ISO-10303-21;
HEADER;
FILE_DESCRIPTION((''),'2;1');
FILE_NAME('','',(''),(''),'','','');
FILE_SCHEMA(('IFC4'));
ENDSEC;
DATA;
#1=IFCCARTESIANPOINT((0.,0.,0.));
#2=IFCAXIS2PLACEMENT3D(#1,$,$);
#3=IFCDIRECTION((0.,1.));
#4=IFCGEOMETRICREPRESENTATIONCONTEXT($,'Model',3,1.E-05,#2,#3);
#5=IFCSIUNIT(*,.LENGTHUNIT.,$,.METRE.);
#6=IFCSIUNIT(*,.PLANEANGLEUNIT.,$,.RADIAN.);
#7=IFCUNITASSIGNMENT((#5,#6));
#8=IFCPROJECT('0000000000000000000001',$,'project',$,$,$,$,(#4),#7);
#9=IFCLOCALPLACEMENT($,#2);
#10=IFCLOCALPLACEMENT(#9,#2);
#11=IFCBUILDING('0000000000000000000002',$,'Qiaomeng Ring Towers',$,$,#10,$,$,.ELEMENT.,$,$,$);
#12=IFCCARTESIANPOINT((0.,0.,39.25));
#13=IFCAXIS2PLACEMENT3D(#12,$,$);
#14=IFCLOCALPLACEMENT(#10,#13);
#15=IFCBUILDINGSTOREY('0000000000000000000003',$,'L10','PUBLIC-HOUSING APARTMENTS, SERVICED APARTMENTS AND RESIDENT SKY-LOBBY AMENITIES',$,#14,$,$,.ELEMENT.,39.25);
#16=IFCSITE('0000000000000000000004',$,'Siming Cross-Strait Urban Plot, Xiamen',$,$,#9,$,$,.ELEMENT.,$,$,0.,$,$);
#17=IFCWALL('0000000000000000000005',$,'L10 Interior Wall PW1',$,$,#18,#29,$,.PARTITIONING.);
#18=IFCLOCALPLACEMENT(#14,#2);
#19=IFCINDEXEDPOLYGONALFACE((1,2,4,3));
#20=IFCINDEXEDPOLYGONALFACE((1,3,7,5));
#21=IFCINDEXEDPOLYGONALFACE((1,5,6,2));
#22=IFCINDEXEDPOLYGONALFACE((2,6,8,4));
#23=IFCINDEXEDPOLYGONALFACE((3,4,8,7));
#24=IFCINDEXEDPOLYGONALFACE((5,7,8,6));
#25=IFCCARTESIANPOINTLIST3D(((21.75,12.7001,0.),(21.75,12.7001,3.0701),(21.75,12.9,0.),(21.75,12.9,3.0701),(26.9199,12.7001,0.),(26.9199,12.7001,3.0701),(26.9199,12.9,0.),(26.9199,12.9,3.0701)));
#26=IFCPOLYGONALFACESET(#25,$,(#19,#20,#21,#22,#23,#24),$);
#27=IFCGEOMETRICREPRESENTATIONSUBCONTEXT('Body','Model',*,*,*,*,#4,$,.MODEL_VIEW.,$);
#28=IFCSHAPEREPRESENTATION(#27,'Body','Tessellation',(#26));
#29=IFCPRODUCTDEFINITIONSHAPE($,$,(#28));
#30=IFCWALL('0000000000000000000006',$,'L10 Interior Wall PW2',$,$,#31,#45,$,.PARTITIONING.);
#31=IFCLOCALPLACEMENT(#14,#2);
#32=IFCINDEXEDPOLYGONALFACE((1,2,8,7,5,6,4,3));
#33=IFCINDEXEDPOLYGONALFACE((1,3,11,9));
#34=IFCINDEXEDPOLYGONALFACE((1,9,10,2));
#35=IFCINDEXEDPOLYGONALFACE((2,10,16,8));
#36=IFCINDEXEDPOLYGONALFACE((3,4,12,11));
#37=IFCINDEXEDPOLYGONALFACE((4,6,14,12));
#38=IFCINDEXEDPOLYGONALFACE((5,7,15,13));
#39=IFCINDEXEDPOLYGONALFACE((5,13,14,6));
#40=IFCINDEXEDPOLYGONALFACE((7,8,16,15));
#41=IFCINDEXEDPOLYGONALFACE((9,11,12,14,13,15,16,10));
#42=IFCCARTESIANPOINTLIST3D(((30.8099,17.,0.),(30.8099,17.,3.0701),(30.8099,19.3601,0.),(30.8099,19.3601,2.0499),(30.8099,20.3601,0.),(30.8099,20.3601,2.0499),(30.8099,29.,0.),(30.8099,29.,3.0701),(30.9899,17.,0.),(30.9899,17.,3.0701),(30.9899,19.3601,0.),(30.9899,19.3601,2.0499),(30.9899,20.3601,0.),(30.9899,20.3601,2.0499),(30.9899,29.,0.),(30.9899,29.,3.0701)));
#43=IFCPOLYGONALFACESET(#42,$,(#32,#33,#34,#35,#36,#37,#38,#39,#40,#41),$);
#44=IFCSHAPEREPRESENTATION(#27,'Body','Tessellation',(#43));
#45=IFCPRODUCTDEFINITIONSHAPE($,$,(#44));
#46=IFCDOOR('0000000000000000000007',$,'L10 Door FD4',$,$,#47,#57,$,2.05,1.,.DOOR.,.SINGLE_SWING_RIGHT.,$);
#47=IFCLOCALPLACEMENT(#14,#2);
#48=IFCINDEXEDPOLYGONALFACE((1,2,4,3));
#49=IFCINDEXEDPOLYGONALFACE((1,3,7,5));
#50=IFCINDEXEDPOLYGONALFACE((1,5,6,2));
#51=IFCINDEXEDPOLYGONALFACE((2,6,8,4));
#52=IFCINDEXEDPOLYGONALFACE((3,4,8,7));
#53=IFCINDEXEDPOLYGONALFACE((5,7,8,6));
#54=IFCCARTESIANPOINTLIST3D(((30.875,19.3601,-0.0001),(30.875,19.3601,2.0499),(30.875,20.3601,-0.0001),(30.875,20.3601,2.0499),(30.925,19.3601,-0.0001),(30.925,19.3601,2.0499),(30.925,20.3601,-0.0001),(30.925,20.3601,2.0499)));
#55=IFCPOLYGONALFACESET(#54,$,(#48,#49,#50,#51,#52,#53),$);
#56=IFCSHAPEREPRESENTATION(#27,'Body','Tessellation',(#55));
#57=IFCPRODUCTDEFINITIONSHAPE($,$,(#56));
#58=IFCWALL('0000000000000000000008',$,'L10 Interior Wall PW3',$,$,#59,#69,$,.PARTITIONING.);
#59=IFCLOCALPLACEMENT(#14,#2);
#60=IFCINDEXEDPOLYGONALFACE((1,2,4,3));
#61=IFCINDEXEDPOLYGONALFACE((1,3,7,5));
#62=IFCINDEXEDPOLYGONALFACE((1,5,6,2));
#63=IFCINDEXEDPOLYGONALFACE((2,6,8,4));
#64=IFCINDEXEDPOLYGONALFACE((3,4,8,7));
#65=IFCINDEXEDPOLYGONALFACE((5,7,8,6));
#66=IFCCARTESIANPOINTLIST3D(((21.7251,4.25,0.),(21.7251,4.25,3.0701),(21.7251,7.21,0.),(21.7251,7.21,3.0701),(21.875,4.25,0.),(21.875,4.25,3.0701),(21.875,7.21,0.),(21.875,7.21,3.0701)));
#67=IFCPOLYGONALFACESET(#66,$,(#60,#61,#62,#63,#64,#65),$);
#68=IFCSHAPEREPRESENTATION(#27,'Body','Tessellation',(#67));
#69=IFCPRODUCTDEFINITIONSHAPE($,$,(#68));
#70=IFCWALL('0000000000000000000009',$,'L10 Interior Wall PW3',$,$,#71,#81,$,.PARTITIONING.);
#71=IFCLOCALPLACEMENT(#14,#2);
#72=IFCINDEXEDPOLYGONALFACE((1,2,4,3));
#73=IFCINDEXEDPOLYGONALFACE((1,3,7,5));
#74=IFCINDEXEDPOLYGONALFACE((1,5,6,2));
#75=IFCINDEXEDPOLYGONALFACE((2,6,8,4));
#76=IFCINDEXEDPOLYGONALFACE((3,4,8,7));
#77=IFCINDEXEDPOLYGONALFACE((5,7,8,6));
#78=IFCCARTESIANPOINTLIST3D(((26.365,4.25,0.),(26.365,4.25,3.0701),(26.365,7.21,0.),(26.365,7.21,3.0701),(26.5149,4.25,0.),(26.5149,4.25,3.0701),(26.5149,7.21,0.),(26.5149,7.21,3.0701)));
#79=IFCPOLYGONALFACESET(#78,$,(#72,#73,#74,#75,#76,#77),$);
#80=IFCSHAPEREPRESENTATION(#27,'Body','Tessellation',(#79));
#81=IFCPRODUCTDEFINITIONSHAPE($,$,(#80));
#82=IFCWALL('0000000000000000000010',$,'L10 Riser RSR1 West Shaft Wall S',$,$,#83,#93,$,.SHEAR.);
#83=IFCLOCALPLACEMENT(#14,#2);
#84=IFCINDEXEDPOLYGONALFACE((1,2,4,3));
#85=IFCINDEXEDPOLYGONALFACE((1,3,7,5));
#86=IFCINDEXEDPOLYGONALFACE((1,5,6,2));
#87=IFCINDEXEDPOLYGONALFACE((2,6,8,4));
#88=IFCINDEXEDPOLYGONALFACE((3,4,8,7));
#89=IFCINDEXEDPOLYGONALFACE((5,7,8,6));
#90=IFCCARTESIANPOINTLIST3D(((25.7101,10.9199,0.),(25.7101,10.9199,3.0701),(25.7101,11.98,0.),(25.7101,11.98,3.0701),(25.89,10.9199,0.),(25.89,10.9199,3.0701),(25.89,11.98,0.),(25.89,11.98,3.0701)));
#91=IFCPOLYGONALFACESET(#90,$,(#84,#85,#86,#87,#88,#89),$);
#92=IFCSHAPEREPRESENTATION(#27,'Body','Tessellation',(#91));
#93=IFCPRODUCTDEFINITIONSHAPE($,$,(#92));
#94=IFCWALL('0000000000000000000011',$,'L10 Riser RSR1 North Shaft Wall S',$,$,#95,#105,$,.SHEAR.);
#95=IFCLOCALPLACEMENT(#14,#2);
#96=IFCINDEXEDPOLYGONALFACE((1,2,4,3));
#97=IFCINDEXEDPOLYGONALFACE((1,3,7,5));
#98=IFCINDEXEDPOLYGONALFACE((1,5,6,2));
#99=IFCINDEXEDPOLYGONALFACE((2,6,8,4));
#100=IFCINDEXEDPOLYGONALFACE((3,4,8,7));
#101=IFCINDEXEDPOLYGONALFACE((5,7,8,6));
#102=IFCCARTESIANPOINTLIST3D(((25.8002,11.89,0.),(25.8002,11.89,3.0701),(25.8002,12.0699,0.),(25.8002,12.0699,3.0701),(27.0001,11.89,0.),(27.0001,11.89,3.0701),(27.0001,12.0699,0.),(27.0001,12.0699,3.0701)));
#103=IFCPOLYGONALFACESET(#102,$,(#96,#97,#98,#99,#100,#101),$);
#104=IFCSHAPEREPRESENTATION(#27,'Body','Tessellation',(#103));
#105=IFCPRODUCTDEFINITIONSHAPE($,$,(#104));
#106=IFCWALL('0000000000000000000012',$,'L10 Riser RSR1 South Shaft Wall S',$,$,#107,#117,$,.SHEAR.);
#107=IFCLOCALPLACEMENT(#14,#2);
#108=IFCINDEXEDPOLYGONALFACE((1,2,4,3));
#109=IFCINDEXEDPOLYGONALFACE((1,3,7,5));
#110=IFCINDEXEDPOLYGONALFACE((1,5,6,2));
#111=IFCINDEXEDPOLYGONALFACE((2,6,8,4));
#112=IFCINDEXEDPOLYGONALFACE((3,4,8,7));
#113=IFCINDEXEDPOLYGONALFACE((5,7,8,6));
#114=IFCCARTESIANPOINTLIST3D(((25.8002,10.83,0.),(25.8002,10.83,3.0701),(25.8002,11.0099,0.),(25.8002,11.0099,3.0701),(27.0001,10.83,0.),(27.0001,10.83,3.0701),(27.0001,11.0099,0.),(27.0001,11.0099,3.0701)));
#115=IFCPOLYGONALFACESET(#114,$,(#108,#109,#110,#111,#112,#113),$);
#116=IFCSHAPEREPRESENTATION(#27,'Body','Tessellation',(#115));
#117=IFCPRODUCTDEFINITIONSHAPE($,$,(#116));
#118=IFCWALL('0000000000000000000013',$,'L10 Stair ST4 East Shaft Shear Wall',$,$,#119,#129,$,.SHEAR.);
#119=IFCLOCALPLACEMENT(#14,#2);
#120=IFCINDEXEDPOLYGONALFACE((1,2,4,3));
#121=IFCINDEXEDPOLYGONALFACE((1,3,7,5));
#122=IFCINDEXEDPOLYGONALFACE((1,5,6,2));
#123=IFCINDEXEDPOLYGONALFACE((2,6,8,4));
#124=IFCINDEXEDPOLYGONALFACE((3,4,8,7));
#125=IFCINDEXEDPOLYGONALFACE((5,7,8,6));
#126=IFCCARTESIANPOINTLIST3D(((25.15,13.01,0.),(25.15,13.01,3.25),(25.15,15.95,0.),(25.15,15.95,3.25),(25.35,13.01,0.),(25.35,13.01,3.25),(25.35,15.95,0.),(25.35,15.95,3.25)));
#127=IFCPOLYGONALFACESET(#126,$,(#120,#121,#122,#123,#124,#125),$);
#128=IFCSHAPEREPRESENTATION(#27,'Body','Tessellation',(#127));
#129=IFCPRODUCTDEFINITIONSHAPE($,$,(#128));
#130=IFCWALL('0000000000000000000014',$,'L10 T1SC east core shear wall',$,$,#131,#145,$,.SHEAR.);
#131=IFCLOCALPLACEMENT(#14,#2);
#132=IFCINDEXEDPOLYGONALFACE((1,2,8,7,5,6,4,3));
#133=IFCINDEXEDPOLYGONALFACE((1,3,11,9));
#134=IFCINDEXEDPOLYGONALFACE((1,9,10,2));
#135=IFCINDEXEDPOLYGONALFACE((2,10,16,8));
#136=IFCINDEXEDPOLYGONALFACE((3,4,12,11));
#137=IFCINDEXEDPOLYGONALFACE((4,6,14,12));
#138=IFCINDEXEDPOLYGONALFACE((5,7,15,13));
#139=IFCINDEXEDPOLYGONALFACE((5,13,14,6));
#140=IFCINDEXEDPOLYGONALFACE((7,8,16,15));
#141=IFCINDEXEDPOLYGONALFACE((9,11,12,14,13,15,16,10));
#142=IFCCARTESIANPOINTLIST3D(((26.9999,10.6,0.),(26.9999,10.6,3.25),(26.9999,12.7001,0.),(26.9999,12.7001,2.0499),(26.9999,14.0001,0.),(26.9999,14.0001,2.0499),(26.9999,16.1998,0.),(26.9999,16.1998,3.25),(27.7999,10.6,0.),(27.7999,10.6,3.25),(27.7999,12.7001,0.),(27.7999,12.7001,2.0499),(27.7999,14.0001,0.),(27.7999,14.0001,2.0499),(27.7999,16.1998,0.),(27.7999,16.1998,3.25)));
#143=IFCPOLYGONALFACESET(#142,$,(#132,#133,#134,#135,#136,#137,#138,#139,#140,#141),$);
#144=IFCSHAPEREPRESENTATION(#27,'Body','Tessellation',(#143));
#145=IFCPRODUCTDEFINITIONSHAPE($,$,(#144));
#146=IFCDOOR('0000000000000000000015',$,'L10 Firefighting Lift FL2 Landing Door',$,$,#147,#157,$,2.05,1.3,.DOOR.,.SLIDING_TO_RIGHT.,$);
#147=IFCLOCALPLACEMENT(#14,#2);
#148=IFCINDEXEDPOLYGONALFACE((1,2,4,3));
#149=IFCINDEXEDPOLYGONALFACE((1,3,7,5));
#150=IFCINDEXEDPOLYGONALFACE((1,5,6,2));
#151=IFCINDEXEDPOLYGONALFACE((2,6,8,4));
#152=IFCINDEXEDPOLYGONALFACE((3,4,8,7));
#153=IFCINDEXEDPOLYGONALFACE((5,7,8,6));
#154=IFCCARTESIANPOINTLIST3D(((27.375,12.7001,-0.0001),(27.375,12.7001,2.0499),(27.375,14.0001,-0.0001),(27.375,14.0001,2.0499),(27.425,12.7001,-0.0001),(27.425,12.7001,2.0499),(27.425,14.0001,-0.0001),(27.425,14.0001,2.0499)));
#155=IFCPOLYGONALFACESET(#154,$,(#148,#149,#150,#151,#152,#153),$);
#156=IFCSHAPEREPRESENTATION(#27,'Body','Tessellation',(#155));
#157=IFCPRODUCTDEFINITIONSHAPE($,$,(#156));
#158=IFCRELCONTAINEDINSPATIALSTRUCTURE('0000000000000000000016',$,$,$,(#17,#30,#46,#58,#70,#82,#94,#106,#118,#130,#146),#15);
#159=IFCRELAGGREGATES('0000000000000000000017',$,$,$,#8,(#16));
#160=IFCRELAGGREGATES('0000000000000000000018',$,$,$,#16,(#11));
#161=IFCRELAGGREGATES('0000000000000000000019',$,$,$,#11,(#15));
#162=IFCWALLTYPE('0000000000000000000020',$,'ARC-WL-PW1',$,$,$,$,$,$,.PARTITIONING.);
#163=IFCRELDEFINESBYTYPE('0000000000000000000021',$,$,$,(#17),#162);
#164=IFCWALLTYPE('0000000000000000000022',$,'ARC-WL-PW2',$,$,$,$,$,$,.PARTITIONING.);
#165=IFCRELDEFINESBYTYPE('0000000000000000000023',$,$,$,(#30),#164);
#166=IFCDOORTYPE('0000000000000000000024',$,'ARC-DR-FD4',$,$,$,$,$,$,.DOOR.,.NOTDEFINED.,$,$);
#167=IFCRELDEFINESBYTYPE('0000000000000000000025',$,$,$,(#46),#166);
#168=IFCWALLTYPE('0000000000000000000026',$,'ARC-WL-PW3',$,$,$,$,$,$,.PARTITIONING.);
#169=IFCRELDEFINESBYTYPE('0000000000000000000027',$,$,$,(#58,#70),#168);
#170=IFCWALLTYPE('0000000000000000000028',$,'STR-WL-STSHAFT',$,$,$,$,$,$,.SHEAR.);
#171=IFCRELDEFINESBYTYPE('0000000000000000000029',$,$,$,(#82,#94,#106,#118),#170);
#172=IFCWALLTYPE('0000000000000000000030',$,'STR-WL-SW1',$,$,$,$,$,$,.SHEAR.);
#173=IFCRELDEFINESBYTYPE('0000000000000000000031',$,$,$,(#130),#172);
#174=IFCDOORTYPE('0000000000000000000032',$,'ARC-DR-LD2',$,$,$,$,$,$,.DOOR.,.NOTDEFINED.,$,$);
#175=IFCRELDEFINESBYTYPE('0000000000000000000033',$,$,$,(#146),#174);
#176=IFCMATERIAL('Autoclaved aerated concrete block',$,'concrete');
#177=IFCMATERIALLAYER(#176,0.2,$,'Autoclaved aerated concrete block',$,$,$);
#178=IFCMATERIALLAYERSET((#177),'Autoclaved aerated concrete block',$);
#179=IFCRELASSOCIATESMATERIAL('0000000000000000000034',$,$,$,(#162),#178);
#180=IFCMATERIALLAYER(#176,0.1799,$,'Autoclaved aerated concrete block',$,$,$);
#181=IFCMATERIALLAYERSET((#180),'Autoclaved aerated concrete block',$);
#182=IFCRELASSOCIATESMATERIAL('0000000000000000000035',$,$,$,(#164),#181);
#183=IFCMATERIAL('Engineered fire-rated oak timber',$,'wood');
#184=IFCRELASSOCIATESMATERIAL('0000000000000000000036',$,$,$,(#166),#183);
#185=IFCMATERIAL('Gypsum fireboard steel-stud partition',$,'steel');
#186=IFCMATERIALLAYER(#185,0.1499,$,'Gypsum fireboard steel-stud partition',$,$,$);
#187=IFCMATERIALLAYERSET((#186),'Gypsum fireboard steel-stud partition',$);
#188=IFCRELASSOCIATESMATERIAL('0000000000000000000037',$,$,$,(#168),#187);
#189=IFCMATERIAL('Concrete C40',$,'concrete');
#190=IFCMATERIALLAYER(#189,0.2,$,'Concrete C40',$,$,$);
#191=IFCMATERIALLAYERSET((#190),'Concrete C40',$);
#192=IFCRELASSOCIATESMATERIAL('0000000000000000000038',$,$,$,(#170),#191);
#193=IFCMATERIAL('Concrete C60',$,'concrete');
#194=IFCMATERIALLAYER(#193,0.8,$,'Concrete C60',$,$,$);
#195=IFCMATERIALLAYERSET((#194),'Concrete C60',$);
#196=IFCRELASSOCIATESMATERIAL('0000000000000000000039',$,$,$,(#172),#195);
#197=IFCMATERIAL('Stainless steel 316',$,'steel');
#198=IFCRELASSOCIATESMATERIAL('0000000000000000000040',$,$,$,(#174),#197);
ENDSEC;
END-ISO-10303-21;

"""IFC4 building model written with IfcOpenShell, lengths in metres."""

from ifc_helpers import new_model, si_unit, direction, frame, frame_2d, origin, place, context, subcontext, project, spatial, rectangle, extrude, source, transform, mapped, material, layer, layer_set, type_object, element, fill, save


model = new_model("IFC4")

# Units and contexts
model_context = context("Model", 3, precision=1e-05, world=origin(), true_north=direction((0.0, 1.0)))
body_context = subcontext(model_context, "Body", "Model", "MODEL_VIEW")
ifc_project = project(units=[si_unit("LENGTHUNIT", "METRE"), si_unit("PLANEANGLEUNIT", "RADIAN")], contexts=[model_context])

# Site, building, storey
site_placement = place(None, origin())
site = spatial("IfcSite", under=ifc_project, at=site_placement, Name="Siming Cross-Strait Urban Plot, Xiamen", CompositionType="ELEMENT", RefElevation=0.0)
building_placement = place(site_placement, origin())
building = spatial("IfcBuilding", under=site, at=building_placement, Name="Qiaomeng Ring Towers", CompositionType="ELEMENT")
storey_placement = place(building_placement, frame((0.0, 0.0, 39.25)))
storey = spatial("IfcBuildingStorey", under=building, at=storey_placement, Name="L10", Description="PUBLIC-HOUSING APARTMENTS, SERVICED APARTMENTS AND RESIDENT SKY-LOBBY AMENITIES", CompositionType="ELEMENT", Elevation=39.25)

# Shared definitions
ifc_material_1 = material(Name="Concrete C60", Category="concrete")

# Shared definitions
ifc_material_2 = material(Name="Autoclaved aerated concrete block", Category="concrete")
ifc_layer_1 = layer(ifc_material_2, 0.2, Name="Autoclaved aerated concrete block")
ifc_layer_set_1 = layer_set([ifc_layer_1], Name="Autoclaved aerated concrete block")
wall_type_1 = type_object("IfcWallType", Name="ARC-WL-PW1", PredefinedType="PARTITIONING", material=ifc_layer_set_1)

# Wall
wall_1_placement = place(storey_placement, frame((21.75, 12.8, 0.0), z_axis=(0.0, 0.0, 1.0), x_axis=(1.0, 0.0, 0.0)))
element("IfcWall", 1, at=wall_1_placement, inside=storey, type_object=wall_type_1, Name="L10 Interior Wall PW1", PredefinedType="PARTITIONING", context=body_context, shape_type="SweptSolid", body=[
    extrude(rectangle(XDim=5.1699, YDim=0.2, at=frame_2d((2.585, 0.0))), origin(), (0.0, 0.0, 1.0), 3.0701),
])

# Wall, opening, door
ifc_layer_2 = layer(ifc_material_2, 0.1799, Name="Autoclaved aerated concrete block")
ifc_layer_set_2 = layer_set([ifc_layer_2], Name="Autoclaved aerated concrete block")
wall_type_2 = type_object("IfcWallType", Name="ARC-WL-PW2", PredefinedType="PARTITIONING", material=ifc_layer_set_2)
wall_2_placement = place(storey_placement, frame((30.8999, 17.0, 0.0), z_axis=(0.0, 0.0, 1.0), x_axis=(0.0, 1.0, 0.0)))
wall_2 = element("IfcWall", 2, at=wall_2_placement, inside=storey, type_object=wall_type_2, Name="L10 Interior Wall PW2", PredefinedType="PARTITIONING", context=body_context, shape_type="SweptSolid", body=[
    extrude(rectangle(XDim=12.0, YDim=0.1799, at=frame_2d((6.0, 0.0))), origin(), (0.0, 0.0, 1.0), 3.0701),
])
opening_1_placement = place(wall_2_placement, frame((2.3601, 0.0, 0.0)))
opening_1 = element("IfcOpeningElement", 3, at=opening_1_placement, cuts=wall_2, PredefinedType="OPENING", context=body_context, shape_type="SweptSolid", body=[
    extrude(rectangle(XDim=1.0, YDim=2.05, at=frame_2d((0.5, 1.0249))), frame((0.0, 0.0999, 0.0), z_axis=(0.0, -1.0, 0.0), x_axis=(1.0, 0.0, 0.0)), (0.0, 0.0, 1.0), 0.2),
])
ifc_material_3 = material(Name="Engineered fire-rated oak timber", Category="wood")
door_type_1 = type_object("IfcDoorType", Name="ARC-DR-FD4", OperationType="NOTDEFINED", PredefinedType="DOOR", material=ifc_material_3)
shared_shape_1 = source(origin(), body_context, "Body", "SweptSolid", [
    extrude(rectangle(XDim=1.0, YDim=2.05, at=frame_2d((0.5, 1.0249))), frame((0.0, 0.0249, 0.0), z_axis=(0.0, -1.0, 0.0), x_axis=(1.0, 0.0, 0.0)), (0.0, 0.0, 1.0), 0.05),
])
door_1_placement = place(opening_1_placement, origin())
door_1 = element("IfcDoor", 4, at=door_1_placement, inside=storey, type_object=door_type_1, Name="L10 Door FD4", OperationType="SINGLE_SWING_RIGHT", OverallHeight=2.05, OverallWidth=1.0, PredefinedType="DOOR", context=body_context, shape_type="MappedRepresentation", body=[
    mapped(shared_shape_1, transform((0.0, 0.0, 0.0), x_axis=(1.0, 0.0, 0.0), y_axis=(0.0, 1.0, 0.0), z_axis=(0.0, 0.0, 1.0), scale=1.0)),
])
fill(opening_1, door_1)

# Walls
ifc_material_4 = material(Name="Gypsum fireboard steel-stud partition", Category="steel")
ifc_layer_3 = layer(ifc_material_4, 0.1499, Name="Gypsum fireboard steel-stud partition")
ifc_layer_set_3 = layer_set([ifc_layer_3], Name="Gypsum fireboard steel-stud partition")
wall_type_3 = type_object("IfcWallType", Name="ARC-WL-PW3", PredefinedType="PARTITIONING", material=ifc_layer_set_3)
for number, where, z_axis, x_axis, name in (
    (5, (21.8, 4.25, 0.0), (0.0, 0.0, 1.0), (0.0, 1.0, 0.0), "L10 Interior Wall PW3"),
    (6, (26.4399, 4.25, 0.0), (0.0, 0.0, 1.0), (0.0, 1.0, 0.0), "L10 Interior Wall PW3"),
):
    element("IfcWall", number, at=place(storey_placement, frame(where, z_axis=z_axis, x_axis=x_axis)), inside=storey, type_object=wall_type_3, Name=name, PredefinedType="PARTITIONING", context=body_context, shape_type="SweptSolid", body=[
        extrude(rectangle(XDim=2.96, YDim=0.1499, at=frame_2d((1.48, 0.0))), origin(), (0.0, 0.0, 1.0), 3.0701),
    ])
ifc_material_5 = material(Name="Concrete C40", Category="concrete")
ifc_layer_4 = layer(ifc_material_5, 0.2, Name="Concrete C40")
ifc_layer_set_4 = layer_set([ifc_layer_4], Name="Concrete C40")
wall_type_4 = type_object("IfcWallType", Name="STR-WL-STSHAFT", PredefinedType="SHEAR", material=ifc_layer_set_4)
wall_3_placement = place(storey_placement, frame((25.8, 10.9199, 0.0), z_axis=(0.0, 0.0, 1.0), x_axis=(0.0, 1.0, 0.0)))
element("IfcWall", 7, at=wall_3_placement, inside=storey, type_object=wall_type_4, Name="L10 Riser RSR1 West Shaft Wall S", PredefinedType="SHEAR", context=body_context, shape_type="SweptSolid", body=[
    extrude(rectangle(XDim=1.0601, YDim=0.1799, at=frame_2d((0.53, 0.0))), origin(), (0.0, 0.0, 1.0), 3.0701),
])
for number, where, z_axis, x_axis, name in (
    (8, (25.8, 11.98, 0.0), (0.0, 0.0, 1.0), (1.0, 0.0, 0.0), "L10 Riser RSR1 North Shaft Wall S"),
    (9, (25.8, 10.9199, 0.0), (0.0, 0.0, 1.0), (1.0, 0.0, 0.0), "L10 Riser RSR1 South Shaft Wall S"),
):
    element("IfcWall", number, at=place(storey_placement, frame(where, z_axis=z_axis, x_axis=x_axis)), inside=storey, type_object=wall_type_4, Name=name, PredefinedType="SHEAR", context=body_context, shape_type="SweptSolid", body=[
        extrude(rectangle(XDim=1.2, YDim=0.1799, at=frame_2d((0.6001, 0.0))), origin(), (0.0, 0.0, 1.0), 3.0701),
    ])
wall_4_placement = place(storey_placement, frame((25.25, 13.01, 0.0), z_axis=(0.0, 0.0, 1.0), x_axis=(0.0, 1.0, 0.0)))
element("IfcWall", 10, at=wall_4_placement, inside=storey, type_object=wall_type_4, Name="L10 Stair ST4 East Shaft Shear Wall", PredefinedType="SHEAR", context=body_context, shape_type="SweptSolid", body=[
    extrude(rectangle(XDim=2.9399, YDim=0.2, at=frame_2d((1.47, 0.0))), origin(), (0.0, 0.0, 1.0), 3.25),
])

# Wall, opening, door
ifc_layer_5 = layer(ifc_material_1, 0.8, Name="Concrete C60")
ifc_layer_set_5 = layer_set([ifc_layer_5], Name="Concrete C60")
wall_type_5 = type_object("IfcWallType", Name="STR-WL-SW1", PredefinedType="SHEAR", material=ifc_layer_set_5)
wall_5_placement = place(storey_placement, frame((27.3999, 10.6001, 0.0), z_axis=(0.0, 0.0, 1.0), x_axis=(0.0, 1.0, 0.0)))
wall_5 = element("IfcWall", 11, at=wall_5_placement, inside=storey, type_object=wall_type_5, Name="L10 T1SC east core shear wall", PredefinedType="SHEAR", context=body_context, shape_type="SweptSolid", body=[
    extrude(rectangle(XDim=5.5999, YDim=0.8, at=frame_2d((2.7998, 0.0))), origin(), (0.0, 0.0, 1.0), 3.25),
])
opening_2_placement = place(wall_5_placement, frame((2.1001, 0.0, 0.0)))
opening_2 = element("IfcOpeningElement", 12, at=opening_2_placement, cuts=wall_5, PredefinedType="OPENING", context=body_context, shape_type="SweptSolid", body=[
    extrude(rectangle(XDim=1.3, YDim=2.05, at=frame_2d((0.6499, 1.0249))), frame((0.0, 0.4099, 0.0), z_axis=(0.0, -1.0, 0.0), x_axis=(1.0, 0.0, 0.0)), (0.0, 0.0, 1.0), 0.8201),
])
ifc_material_6 = material(Name="Stainless steel 316", Category="steel")
door_type_2 = type_object("IfcDoorType", Name="ARC-DR-LD2", OperationType="NOTDEFINED", PredefinedType="DOOR", material=ifc_material_6)
shared_shape_2 = source(origin(), body_context, "Body", "SweptSolid", [
    extrude(rectangle(XDim=1.3, YDim=2.05, at=frame_2d((0.6499, 1.0249))), frame((0.0, 0.0249, 0.0), z_axis=(0.0, -1.0, 0.0), x_axis=(1.0, 0.0, 0.0)), (0.0, 0.0, 1.0), 0.05),
])
door_2_placement = place(opening_2_placement, origin())
door_2 = element("IfcDoor", 13, at=door_2_placement, inside=storey, type_object=door_type_2, Name="L10 Firefighting Lift FL2 Landing Door", OperationType="SLIDING_TO_RIGHT", OverallHeight=2.05, OverallWidth=1.3, PredefinedType="DOOR", context=body_context, shape_type="MappedRepresentation", body=[
    mapped(shared_shape_2, transform((0.0, 0.0, 0.0), x_axis=(1.0, 0.0, 0.0), y_axis=(0.0, 1.0, 0.0), z_axis=(0.0, 0.0, 1.0), scale=1.0)),
])
fill(opening_2, door_2)

save(model, "model.ifc")
